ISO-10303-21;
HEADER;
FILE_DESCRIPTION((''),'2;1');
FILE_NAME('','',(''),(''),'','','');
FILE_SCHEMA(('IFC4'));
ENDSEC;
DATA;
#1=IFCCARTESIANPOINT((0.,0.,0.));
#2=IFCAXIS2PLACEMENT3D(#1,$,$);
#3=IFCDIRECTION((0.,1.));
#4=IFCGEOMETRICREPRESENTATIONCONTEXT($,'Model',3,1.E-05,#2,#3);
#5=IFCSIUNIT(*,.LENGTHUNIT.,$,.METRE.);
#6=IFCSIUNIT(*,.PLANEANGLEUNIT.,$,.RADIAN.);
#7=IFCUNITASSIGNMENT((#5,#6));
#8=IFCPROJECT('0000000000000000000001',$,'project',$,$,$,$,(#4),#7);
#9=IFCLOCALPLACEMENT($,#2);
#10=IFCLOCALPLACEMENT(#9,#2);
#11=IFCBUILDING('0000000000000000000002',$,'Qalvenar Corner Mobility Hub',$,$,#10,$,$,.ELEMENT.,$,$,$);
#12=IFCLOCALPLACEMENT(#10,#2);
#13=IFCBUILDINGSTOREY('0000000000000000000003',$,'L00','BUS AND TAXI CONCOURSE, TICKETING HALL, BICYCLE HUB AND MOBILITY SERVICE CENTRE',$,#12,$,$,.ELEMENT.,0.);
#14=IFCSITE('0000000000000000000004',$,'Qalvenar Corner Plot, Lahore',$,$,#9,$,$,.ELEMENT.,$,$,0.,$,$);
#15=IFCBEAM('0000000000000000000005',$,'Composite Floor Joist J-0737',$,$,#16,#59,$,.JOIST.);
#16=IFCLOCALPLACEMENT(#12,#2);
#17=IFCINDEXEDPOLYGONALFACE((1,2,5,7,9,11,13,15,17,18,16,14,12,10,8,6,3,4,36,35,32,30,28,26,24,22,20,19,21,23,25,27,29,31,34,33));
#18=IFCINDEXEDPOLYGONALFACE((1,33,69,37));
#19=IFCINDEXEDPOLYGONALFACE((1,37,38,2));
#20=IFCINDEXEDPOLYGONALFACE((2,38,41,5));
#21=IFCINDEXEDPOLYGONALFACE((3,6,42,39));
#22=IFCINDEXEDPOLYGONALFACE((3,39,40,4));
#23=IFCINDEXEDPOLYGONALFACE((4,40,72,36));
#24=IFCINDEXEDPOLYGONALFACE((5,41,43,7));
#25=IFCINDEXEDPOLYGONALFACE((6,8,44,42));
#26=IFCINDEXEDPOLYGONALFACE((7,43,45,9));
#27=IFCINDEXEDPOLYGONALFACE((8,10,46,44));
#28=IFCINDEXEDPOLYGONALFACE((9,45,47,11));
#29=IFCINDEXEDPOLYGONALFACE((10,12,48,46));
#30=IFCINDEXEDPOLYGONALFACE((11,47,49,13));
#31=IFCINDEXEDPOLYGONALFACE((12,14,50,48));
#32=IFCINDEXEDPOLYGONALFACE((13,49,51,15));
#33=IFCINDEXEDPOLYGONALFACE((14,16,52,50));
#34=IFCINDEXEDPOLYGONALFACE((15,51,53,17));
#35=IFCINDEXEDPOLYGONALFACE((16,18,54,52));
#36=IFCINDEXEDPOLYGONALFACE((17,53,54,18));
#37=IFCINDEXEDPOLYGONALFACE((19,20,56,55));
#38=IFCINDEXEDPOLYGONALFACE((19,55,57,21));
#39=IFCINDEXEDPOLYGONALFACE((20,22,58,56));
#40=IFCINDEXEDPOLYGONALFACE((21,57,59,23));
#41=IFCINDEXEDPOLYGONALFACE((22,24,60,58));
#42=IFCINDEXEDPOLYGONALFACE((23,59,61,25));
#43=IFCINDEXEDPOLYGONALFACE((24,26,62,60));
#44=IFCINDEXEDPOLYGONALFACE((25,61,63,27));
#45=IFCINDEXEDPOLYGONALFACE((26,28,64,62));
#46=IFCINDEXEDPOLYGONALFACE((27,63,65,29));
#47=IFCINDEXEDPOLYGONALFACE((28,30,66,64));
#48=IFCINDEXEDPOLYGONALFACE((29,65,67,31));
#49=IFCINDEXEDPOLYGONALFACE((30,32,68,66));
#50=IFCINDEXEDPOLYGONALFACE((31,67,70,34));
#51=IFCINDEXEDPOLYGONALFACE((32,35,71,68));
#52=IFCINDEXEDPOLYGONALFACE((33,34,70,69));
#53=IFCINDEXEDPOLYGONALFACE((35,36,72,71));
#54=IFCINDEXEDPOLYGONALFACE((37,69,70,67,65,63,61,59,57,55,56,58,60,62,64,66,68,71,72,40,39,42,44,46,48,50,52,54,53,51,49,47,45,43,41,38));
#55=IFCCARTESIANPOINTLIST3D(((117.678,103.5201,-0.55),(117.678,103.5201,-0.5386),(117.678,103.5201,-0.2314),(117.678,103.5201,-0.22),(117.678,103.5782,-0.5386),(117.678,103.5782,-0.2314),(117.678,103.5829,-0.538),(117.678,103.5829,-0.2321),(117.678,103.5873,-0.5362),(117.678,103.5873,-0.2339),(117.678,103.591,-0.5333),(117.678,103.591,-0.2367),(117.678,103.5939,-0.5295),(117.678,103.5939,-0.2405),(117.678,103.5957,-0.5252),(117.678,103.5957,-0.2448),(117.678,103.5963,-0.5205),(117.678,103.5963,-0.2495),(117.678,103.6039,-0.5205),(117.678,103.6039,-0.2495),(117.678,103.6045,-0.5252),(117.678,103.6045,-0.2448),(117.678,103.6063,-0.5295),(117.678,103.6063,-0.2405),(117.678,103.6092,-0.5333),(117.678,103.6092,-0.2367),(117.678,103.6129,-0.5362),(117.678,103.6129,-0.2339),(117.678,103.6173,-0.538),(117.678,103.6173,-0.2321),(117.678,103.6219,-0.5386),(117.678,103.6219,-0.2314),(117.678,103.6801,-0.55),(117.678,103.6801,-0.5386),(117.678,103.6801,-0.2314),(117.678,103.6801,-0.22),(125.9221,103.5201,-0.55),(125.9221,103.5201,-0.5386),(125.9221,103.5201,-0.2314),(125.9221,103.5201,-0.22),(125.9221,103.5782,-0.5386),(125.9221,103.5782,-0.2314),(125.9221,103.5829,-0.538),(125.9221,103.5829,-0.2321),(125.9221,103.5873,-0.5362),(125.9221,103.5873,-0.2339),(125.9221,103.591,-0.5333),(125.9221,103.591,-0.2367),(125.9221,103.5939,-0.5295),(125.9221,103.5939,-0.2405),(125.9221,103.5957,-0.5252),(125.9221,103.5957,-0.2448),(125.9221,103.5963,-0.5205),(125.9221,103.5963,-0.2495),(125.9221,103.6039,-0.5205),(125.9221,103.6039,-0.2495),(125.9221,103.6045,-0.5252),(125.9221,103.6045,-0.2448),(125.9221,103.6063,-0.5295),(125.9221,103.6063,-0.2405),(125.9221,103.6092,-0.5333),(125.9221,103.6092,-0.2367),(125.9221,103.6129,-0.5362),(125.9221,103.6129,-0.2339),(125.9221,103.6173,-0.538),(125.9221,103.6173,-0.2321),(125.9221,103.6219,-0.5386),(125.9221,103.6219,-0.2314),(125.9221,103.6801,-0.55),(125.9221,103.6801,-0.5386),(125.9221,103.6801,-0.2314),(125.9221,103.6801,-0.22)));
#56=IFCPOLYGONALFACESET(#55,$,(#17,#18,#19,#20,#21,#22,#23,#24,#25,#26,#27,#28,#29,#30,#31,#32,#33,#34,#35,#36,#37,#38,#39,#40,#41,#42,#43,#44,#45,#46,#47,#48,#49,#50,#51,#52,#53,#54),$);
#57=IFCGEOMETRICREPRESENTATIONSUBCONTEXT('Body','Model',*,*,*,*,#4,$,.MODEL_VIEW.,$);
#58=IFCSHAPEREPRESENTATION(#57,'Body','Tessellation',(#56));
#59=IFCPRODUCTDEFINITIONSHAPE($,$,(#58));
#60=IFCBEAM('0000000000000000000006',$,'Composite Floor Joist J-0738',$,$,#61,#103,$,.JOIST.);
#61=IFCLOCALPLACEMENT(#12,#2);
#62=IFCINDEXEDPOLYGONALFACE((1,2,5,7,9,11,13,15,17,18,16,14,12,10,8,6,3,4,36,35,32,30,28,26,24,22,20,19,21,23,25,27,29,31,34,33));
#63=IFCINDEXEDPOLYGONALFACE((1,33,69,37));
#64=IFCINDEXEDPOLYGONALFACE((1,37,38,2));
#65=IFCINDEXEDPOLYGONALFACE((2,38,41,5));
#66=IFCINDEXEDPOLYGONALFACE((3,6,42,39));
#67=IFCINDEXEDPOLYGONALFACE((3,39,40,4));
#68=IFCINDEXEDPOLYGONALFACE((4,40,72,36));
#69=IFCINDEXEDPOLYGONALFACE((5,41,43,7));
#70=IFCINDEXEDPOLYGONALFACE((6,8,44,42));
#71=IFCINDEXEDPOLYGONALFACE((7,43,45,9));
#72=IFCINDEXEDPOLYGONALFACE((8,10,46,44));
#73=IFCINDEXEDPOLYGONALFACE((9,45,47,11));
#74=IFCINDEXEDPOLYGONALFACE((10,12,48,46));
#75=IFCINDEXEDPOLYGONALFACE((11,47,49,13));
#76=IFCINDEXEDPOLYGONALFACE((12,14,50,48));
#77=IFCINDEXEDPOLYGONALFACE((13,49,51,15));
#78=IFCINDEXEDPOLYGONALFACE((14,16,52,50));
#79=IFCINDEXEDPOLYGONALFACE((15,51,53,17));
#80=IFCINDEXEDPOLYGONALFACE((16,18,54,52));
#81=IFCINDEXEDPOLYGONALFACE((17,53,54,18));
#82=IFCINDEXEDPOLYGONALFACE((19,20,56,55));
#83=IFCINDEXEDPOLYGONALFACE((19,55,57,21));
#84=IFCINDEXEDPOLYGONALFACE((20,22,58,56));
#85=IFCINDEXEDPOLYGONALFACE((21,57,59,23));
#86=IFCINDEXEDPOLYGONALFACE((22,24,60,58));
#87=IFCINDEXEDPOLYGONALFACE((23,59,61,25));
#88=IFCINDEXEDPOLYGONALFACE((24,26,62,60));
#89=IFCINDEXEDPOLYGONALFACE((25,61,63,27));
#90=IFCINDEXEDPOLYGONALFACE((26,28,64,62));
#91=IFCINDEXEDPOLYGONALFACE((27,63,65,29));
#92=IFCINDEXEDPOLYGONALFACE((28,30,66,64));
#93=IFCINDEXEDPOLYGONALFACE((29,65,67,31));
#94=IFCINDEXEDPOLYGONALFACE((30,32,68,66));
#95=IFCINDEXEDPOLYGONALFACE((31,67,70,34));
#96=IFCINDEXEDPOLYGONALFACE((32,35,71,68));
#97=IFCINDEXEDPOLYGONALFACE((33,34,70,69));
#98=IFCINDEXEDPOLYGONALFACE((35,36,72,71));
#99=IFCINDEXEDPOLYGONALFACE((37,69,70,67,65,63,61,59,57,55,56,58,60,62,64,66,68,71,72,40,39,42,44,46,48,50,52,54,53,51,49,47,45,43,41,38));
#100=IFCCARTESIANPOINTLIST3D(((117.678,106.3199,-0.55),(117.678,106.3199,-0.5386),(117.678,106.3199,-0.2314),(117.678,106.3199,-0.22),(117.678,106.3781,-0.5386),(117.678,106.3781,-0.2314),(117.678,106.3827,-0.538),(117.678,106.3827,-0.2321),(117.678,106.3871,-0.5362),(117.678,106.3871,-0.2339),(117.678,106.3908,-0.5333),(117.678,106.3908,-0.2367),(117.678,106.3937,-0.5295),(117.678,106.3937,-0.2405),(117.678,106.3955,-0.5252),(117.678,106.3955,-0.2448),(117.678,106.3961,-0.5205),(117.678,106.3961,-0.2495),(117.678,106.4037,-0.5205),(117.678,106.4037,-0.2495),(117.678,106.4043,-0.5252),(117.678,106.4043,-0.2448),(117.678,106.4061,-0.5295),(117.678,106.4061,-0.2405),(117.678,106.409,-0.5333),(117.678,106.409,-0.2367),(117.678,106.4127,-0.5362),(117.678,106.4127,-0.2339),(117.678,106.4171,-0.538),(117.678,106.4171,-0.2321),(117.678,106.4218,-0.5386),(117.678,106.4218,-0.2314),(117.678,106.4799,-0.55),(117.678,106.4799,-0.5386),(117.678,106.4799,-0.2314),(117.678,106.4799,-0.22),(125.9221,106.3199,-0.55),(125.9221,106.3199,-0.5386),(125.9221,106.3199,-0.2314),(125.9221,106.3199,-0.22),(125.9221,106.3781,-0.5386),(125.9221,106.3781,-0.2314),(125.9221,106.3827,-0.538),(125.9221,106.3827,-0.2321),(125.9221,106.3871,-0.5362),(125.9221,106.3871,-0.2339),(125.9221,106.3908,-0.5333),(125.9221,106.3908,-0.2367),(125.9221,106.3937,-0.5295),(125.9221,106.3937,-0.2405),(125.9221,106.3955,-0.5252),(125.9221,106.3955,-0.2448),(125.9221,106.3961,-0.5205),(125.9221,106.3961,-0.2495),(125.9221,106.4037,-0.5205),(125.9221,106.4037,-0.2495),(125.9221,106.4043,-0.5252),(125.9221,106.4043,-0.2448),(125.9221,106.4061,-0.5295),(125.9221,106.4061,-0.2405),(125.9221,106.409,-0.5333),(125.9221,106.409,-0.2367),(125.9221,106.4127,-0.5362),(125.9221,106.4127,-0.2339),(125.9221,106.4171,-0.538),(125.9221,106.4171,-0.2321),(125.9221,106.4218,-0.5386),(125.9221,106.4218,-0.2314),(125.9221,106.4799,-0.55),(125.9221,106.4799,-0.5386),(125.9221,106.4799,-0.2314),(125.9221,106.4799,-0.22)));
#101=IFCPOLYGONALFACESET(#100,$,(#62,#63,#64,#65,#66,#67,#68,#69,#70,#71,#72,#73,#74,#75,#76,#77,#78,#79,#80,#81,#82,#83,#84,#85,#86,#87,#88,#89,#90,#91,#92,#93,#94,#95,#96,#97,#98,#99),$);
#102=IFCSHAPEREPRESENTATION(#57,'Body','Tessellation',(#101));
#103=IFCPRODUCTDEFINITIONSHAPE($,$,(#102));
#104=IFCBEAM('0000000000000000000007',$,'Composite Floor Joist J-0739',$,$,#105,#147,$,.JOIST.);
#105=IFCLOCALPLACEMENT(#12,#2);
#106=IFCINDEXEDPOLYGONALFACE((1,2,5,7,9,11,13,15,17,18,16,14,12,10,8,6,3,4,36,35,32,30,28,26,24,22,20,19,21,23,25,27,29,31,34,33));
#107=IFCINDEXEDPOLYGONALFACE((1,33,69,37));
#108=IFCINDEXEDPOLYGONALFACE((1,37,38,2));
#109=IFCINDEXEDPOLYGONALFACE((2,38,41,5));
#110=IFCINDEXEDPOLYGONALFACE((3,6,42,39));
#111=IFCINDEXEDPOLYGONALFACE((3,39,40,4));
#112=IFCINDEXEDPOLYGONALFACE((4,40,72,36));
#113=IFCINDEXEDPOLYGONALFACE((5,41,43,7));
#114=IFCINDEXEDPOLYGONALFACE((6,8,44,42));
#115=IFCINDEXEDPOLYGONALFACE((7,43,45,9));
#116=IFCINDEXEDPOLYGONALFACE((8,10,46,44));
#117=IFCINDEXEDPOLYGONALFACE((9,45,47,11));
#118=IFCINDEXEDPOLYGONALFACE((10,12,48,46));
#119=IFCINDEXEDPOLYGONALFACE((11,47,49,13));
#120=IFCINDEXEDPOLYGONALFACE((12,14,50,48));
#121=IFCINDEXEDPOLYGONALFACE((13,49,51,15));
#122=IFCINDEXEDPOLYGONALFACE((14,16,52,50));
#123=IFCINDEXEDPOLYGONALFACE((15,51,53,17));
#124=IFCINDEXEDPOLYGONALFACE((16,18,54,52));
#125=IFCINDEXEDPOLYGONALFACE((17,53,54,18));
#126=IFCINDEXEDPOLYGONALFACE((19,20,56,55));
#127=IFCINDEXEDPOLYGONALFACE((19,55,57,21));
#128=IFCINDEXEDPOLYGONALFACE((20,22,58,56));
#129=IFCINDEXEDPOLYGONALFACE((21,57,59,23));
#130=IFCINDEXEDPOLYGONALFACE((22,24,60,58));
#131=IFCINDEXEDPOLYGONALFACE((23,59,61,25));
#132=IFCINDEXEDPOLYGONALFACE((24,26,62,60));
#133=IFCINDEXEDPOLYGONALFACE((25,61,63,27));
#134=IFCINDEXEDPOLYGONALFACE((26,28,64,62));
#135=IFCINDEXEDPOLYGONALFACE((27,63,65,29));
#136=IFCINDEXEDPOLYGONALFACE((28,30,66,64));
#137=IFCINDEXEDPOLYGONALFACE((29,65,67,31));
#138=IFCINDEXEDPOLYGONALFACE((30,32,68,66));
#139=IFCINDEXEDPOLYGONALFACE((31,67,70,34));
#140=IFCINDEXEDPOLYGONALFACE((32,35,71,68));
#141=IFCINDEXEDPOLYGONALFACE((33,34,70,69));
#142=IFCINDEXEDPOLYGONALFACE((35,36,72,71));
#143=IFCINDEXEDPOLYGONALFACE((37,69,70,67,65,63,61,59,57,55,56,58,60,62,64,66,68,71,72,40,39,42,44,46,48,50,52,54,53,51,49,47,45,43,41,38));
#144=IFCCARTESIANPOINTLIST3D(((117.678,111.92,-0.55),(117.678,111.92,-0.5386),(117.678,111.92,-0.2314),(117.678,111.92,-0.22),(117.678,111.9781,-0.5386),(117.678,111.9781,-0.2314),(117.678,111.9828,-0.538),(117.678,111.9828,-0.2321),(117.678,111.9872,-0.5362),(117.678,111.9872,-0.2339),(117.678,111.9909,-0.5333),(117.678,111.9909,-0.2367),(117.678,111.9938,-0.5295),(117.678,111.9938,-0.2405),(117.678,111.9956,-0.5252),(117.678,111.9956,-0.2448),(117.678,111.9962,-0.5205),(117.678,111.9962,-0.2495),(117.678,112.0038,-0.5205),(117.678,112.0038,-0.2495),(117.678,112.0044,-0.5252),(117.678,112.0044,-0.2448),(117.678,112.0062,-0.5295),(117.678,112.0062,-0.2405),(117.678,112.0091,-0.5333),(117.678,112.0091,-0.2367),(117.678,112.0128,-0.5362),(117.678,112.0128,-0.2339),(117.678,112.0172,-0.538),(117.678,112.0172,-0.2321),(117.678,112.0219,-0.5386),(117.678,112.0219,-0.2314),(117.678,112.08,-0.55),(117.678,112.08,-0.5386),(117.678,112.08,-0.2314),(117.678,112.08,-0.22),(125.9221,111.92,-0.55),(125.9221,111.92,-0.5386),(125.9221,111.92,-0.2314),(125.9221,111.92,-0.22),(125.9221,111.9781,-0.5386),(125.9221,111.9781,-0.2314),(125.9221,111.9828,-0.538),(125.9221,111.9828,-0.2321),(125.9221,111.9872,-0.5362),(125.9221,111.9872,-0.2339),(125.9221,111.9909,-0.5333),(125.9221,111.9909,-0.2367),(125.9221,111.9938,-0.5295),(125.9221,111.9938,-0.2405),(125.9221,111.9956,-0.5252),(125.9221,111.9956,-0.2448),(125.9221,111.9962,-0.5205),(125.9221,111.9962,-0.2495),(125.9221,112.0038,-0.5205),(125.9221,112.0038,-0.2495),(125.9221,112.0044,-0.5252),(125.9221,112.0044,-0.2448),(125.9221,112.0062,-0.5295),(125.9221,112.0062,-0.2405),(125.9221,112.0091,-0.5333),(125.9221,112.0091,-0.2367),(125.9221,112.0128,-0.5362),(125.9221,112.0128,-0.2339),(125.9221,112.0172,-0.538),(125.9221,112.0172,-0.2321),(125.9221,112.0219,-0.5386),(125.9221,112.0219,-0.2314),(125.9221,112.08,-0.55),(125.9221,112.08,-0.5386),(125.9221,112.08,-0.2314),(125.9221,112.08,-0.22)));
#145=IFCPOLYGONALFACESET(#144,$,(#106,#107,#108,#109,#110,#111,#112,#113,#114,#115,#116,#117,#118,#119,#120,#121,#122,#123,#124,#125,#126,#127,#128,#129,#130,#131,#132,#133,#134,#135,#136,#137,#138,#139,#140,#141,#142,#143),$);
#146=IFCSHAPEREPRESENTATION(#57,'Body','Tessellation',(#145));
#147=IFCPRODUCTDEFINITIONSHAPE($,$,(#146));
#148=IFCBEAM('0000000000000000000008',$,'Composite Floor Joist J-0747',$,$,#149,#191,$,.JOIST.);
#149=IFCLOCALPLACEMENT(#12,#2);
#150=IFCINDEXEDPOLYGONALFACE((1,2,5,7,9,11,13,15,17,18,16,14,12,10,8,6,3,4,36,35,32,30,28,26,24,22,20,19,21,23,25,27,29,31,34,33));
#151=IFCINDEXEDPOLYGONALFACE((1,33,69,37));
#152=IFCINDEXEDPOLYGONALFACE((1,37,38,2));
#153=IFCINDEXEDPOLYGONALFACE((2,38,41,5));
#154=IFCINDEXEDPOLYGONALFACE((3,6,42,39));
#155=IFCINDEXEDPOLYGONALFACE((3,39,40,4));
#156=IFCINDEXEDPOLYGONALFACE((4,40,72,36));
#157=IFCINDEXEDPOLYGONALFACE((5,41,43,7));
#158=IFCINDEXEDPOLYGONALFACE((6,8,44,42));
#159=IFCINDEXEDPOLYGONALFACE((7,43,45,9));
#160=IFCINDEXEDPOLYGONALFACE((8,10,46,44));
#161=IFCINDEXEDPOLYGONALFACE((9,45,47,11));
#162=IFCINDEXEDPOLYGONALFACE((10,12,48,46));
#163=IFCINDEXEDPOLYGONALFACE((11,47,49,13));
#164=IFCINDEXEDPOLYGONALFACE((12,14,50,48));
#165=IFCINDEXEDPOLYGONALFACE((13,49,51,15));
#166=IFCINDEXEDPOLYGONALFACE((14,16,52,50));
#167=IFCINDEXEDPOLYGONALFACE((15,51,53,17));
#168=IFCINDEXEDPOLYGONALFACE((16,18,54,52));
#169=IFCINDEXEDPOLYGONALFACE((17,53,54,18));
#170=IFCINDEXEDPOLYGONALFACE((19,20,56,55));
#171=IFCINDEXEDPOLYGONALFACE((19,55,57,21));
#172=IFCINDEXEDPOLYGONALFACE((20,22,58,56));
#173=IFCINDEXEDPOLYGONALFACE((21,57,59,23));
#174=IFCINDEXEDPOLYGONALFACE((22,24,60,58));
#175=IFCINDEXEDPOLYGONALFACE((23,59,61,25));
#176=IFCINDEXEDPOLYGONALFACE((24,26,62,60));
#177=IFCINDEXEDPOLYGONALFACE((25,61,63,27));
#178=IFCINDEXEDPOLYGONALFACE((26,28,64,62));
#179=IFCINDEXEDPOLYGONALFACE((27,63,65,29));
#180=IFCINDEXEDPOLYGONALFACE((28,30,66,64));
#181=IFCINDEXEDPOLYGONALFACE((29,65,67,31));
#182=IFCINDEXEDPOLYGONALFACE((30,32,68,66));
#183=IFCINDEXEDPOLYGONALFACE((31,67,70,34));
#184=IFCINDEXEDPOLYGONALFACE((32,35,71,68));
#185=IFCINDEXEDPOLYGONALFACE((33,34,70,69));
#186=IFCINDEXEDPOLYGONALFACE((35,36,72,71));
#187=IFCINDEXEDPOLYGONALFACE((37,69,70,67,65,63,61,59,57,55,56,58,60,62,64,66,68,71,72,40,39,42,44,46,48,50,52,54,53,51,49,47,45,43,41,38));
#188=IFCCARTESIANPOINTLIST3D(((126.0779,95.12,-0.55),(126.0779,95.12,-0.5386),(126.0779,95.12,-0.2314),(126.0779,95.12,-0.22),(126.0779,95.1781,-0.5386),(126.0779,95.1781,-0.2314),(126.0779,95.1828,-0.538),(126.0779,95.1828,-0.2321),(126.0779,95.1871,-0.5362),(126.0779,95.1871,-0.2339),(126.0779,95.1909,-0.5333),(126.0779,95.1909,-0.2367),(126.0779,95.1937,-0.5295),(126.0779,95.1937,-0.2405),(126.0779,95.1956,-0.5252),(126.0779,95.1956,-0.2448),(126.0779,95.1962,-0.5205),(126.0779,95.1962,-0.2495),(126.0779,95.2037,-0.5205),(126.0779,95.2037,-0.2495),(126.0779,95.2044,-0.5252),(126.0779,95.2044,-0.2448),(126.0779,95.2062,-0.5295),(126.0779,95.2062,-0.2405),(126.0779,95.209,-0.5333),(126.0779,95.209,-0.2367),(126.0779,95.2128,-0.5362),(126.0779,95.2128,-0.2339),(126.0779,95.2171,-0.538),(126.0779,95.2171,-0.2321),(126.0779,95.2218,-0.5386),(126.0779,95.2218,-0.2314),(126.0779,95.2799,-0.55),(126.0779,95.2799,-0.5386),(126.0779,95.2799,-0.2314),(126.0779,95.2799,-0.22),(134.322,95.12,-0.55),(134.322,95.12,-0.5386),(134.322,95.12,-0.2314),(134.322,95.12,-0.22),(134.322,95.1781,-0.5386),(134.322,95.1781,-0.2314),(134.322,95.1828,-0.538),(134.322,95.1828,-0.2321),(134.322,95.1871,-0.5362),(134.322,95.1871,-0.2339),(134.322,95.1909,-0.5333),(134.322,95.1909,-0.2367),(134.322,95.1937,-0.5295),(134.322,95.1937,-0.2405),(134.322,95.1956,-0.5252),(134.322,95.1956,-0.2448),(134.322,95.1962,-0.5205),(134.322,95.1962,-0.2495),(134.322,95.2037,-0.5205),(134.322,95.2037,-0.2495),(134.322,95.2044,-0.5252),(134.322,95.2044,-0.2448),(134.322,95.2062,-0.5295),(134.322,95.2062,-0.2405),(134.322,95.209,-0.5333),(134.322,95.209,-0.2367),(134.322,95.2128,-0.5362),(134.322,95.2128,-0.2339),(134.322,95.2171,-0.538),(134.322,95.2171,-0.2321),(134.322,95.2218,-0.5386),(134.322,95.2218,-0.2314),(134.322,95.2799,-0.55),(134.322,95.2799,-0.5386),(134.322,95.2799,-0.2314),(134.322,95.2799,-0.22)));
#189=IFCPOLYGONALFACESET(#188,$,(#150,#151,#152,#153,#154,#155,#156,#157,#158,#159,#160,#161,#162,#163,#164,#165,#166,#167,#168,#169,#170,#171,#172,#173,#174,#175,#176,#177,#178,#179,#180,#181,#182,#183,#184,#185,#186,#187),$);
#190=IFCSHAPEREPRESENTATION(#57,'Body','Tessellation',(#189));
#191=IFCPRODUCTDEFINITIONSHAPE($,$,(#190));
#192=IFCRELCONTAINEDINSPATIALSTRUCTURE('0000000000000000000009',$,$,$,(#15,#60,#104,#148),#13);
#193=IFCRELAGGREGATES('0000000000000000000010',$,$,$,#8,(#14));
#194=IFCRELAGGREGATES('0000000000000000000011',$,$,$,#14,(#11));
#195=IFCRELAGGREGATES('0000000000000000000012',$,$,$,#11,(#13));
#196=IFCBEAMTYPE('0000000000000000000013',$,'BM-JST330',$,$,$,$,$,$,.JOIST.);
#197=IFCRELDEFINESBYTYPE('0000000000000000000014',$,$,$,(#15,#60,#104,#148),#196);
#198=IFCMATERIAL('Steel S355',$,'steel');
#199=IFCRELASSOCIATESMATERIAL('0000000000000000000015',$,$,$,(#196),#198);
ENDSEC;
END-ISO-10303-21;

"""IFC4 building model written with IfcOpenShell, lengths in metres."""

from ifc_helpers import new_model, si_unit, direction, frame, origin, origin_2d, place, context, subcontext, project, spatial, i_section, extrude, material, material_profile, profile_set, type_object, element, save


model = new_model("IFC4")

# Units and contexts
model_context = context("Model", 3, precision=1e-05, world=origin(), true_north=direction((0.0, 1.0)))
body_context = subcontext(model_context, "Body", "Model", "MODEL_VIEW")
ifc_project = project(units=[si_unit("LENGTHUNIT", "METRE"), si_unit("PLANEANGLEUNIT", "RADIAN")], contexts=[model_context])

# Site, building, storey
site_placement = place(None, origin())
site = spatial("IfcSite", under=ifc_project, at=site_placement, Name="Qalvenar Corner Plot, Lahore", CompositionType="ELEMENT", RefElevation=0.0)
building_placement = place(site_placement, origin())
building = spatial("IfcBuilding", under=site, at=building_placement, Name="Qalvenar Corner Mobility Hub", CompositionType="ELEMENT")
storey_placement = place(building_placement, origin())
storey = spatial("IfcBuildingStorey", under=building, at=storey_placement, Name="L00", Description="BUS AND TAXI CONCOURSE, TICKETING HALL, BICYCLE HUB AND MOBILITY SERVICE CENTRE", CompositionType="ELEMENT", Elevation=0.0)

# Shared definitions
ifc_material = material(Name="Steel S355", Category="steel")

# Beams
ifc_material_profile_1 = material_profile(ifc_material, i_section(OverallWidth=0.1599, OverallDepth=0.3301, WebThickness=0.0076, FlangeThickness=0.0115, FilletRadius=0.0181, at=origin_2d()), Name="IPE330")
ifc_profile_set_1 = profile_set([ifc_material_profile_1], Name="Steel S355")
beam_type_1 = type_object("IfcBeamType", Name="BM-JST330", PredefinedType="JOIST", material=ifc_profile_set_1)
for number, where, z_axis, x_axis, name in (
    (1, (117.678, 103.6001, -0.385), (1.0, 0.0, 0.0), (0.0, 1.0, 0.0), "Composite Floor Joist J-0737"),
    (2, (117.678, 106.3999, -0.385), (1.0, 0.0, 0.0), (0.0, 1.0, 0.0), "Composite Floor Joist J-0738"),
    (3, (117.678, 112.0, -0.385), (1.0, 0.0, 0.0), (0.0, 1.0, 0.0), "Composite Floor Joist J-0739"),
    (4, (126.0779, 95.2, -0.385), (1.0, 0.0, 0.0), (0.0, 1.0, 0.0), "Composite Floor Joist J-0747"),
):
    element("IfcBeam", number, at=place(storey_placement, frame(where, z_axis=z_axis, x_axis=x_axis)), inside=storey, type_object=beam_type_1, Name=name, PredefinedType="JOIST", context=body_context, shape_type="SweptSolid", body=[
        extrude(i_section(OverallWidth=0.1599, OverallDepth=0.3301, WebThickness=0.0076, FlangeThickness=0.0115, FilletRadius=0.0181, at=origin_2d()), origin(), (0.0, 0.0, 1.0), 8.2441),
    ])

save(model, "model.ifc")
